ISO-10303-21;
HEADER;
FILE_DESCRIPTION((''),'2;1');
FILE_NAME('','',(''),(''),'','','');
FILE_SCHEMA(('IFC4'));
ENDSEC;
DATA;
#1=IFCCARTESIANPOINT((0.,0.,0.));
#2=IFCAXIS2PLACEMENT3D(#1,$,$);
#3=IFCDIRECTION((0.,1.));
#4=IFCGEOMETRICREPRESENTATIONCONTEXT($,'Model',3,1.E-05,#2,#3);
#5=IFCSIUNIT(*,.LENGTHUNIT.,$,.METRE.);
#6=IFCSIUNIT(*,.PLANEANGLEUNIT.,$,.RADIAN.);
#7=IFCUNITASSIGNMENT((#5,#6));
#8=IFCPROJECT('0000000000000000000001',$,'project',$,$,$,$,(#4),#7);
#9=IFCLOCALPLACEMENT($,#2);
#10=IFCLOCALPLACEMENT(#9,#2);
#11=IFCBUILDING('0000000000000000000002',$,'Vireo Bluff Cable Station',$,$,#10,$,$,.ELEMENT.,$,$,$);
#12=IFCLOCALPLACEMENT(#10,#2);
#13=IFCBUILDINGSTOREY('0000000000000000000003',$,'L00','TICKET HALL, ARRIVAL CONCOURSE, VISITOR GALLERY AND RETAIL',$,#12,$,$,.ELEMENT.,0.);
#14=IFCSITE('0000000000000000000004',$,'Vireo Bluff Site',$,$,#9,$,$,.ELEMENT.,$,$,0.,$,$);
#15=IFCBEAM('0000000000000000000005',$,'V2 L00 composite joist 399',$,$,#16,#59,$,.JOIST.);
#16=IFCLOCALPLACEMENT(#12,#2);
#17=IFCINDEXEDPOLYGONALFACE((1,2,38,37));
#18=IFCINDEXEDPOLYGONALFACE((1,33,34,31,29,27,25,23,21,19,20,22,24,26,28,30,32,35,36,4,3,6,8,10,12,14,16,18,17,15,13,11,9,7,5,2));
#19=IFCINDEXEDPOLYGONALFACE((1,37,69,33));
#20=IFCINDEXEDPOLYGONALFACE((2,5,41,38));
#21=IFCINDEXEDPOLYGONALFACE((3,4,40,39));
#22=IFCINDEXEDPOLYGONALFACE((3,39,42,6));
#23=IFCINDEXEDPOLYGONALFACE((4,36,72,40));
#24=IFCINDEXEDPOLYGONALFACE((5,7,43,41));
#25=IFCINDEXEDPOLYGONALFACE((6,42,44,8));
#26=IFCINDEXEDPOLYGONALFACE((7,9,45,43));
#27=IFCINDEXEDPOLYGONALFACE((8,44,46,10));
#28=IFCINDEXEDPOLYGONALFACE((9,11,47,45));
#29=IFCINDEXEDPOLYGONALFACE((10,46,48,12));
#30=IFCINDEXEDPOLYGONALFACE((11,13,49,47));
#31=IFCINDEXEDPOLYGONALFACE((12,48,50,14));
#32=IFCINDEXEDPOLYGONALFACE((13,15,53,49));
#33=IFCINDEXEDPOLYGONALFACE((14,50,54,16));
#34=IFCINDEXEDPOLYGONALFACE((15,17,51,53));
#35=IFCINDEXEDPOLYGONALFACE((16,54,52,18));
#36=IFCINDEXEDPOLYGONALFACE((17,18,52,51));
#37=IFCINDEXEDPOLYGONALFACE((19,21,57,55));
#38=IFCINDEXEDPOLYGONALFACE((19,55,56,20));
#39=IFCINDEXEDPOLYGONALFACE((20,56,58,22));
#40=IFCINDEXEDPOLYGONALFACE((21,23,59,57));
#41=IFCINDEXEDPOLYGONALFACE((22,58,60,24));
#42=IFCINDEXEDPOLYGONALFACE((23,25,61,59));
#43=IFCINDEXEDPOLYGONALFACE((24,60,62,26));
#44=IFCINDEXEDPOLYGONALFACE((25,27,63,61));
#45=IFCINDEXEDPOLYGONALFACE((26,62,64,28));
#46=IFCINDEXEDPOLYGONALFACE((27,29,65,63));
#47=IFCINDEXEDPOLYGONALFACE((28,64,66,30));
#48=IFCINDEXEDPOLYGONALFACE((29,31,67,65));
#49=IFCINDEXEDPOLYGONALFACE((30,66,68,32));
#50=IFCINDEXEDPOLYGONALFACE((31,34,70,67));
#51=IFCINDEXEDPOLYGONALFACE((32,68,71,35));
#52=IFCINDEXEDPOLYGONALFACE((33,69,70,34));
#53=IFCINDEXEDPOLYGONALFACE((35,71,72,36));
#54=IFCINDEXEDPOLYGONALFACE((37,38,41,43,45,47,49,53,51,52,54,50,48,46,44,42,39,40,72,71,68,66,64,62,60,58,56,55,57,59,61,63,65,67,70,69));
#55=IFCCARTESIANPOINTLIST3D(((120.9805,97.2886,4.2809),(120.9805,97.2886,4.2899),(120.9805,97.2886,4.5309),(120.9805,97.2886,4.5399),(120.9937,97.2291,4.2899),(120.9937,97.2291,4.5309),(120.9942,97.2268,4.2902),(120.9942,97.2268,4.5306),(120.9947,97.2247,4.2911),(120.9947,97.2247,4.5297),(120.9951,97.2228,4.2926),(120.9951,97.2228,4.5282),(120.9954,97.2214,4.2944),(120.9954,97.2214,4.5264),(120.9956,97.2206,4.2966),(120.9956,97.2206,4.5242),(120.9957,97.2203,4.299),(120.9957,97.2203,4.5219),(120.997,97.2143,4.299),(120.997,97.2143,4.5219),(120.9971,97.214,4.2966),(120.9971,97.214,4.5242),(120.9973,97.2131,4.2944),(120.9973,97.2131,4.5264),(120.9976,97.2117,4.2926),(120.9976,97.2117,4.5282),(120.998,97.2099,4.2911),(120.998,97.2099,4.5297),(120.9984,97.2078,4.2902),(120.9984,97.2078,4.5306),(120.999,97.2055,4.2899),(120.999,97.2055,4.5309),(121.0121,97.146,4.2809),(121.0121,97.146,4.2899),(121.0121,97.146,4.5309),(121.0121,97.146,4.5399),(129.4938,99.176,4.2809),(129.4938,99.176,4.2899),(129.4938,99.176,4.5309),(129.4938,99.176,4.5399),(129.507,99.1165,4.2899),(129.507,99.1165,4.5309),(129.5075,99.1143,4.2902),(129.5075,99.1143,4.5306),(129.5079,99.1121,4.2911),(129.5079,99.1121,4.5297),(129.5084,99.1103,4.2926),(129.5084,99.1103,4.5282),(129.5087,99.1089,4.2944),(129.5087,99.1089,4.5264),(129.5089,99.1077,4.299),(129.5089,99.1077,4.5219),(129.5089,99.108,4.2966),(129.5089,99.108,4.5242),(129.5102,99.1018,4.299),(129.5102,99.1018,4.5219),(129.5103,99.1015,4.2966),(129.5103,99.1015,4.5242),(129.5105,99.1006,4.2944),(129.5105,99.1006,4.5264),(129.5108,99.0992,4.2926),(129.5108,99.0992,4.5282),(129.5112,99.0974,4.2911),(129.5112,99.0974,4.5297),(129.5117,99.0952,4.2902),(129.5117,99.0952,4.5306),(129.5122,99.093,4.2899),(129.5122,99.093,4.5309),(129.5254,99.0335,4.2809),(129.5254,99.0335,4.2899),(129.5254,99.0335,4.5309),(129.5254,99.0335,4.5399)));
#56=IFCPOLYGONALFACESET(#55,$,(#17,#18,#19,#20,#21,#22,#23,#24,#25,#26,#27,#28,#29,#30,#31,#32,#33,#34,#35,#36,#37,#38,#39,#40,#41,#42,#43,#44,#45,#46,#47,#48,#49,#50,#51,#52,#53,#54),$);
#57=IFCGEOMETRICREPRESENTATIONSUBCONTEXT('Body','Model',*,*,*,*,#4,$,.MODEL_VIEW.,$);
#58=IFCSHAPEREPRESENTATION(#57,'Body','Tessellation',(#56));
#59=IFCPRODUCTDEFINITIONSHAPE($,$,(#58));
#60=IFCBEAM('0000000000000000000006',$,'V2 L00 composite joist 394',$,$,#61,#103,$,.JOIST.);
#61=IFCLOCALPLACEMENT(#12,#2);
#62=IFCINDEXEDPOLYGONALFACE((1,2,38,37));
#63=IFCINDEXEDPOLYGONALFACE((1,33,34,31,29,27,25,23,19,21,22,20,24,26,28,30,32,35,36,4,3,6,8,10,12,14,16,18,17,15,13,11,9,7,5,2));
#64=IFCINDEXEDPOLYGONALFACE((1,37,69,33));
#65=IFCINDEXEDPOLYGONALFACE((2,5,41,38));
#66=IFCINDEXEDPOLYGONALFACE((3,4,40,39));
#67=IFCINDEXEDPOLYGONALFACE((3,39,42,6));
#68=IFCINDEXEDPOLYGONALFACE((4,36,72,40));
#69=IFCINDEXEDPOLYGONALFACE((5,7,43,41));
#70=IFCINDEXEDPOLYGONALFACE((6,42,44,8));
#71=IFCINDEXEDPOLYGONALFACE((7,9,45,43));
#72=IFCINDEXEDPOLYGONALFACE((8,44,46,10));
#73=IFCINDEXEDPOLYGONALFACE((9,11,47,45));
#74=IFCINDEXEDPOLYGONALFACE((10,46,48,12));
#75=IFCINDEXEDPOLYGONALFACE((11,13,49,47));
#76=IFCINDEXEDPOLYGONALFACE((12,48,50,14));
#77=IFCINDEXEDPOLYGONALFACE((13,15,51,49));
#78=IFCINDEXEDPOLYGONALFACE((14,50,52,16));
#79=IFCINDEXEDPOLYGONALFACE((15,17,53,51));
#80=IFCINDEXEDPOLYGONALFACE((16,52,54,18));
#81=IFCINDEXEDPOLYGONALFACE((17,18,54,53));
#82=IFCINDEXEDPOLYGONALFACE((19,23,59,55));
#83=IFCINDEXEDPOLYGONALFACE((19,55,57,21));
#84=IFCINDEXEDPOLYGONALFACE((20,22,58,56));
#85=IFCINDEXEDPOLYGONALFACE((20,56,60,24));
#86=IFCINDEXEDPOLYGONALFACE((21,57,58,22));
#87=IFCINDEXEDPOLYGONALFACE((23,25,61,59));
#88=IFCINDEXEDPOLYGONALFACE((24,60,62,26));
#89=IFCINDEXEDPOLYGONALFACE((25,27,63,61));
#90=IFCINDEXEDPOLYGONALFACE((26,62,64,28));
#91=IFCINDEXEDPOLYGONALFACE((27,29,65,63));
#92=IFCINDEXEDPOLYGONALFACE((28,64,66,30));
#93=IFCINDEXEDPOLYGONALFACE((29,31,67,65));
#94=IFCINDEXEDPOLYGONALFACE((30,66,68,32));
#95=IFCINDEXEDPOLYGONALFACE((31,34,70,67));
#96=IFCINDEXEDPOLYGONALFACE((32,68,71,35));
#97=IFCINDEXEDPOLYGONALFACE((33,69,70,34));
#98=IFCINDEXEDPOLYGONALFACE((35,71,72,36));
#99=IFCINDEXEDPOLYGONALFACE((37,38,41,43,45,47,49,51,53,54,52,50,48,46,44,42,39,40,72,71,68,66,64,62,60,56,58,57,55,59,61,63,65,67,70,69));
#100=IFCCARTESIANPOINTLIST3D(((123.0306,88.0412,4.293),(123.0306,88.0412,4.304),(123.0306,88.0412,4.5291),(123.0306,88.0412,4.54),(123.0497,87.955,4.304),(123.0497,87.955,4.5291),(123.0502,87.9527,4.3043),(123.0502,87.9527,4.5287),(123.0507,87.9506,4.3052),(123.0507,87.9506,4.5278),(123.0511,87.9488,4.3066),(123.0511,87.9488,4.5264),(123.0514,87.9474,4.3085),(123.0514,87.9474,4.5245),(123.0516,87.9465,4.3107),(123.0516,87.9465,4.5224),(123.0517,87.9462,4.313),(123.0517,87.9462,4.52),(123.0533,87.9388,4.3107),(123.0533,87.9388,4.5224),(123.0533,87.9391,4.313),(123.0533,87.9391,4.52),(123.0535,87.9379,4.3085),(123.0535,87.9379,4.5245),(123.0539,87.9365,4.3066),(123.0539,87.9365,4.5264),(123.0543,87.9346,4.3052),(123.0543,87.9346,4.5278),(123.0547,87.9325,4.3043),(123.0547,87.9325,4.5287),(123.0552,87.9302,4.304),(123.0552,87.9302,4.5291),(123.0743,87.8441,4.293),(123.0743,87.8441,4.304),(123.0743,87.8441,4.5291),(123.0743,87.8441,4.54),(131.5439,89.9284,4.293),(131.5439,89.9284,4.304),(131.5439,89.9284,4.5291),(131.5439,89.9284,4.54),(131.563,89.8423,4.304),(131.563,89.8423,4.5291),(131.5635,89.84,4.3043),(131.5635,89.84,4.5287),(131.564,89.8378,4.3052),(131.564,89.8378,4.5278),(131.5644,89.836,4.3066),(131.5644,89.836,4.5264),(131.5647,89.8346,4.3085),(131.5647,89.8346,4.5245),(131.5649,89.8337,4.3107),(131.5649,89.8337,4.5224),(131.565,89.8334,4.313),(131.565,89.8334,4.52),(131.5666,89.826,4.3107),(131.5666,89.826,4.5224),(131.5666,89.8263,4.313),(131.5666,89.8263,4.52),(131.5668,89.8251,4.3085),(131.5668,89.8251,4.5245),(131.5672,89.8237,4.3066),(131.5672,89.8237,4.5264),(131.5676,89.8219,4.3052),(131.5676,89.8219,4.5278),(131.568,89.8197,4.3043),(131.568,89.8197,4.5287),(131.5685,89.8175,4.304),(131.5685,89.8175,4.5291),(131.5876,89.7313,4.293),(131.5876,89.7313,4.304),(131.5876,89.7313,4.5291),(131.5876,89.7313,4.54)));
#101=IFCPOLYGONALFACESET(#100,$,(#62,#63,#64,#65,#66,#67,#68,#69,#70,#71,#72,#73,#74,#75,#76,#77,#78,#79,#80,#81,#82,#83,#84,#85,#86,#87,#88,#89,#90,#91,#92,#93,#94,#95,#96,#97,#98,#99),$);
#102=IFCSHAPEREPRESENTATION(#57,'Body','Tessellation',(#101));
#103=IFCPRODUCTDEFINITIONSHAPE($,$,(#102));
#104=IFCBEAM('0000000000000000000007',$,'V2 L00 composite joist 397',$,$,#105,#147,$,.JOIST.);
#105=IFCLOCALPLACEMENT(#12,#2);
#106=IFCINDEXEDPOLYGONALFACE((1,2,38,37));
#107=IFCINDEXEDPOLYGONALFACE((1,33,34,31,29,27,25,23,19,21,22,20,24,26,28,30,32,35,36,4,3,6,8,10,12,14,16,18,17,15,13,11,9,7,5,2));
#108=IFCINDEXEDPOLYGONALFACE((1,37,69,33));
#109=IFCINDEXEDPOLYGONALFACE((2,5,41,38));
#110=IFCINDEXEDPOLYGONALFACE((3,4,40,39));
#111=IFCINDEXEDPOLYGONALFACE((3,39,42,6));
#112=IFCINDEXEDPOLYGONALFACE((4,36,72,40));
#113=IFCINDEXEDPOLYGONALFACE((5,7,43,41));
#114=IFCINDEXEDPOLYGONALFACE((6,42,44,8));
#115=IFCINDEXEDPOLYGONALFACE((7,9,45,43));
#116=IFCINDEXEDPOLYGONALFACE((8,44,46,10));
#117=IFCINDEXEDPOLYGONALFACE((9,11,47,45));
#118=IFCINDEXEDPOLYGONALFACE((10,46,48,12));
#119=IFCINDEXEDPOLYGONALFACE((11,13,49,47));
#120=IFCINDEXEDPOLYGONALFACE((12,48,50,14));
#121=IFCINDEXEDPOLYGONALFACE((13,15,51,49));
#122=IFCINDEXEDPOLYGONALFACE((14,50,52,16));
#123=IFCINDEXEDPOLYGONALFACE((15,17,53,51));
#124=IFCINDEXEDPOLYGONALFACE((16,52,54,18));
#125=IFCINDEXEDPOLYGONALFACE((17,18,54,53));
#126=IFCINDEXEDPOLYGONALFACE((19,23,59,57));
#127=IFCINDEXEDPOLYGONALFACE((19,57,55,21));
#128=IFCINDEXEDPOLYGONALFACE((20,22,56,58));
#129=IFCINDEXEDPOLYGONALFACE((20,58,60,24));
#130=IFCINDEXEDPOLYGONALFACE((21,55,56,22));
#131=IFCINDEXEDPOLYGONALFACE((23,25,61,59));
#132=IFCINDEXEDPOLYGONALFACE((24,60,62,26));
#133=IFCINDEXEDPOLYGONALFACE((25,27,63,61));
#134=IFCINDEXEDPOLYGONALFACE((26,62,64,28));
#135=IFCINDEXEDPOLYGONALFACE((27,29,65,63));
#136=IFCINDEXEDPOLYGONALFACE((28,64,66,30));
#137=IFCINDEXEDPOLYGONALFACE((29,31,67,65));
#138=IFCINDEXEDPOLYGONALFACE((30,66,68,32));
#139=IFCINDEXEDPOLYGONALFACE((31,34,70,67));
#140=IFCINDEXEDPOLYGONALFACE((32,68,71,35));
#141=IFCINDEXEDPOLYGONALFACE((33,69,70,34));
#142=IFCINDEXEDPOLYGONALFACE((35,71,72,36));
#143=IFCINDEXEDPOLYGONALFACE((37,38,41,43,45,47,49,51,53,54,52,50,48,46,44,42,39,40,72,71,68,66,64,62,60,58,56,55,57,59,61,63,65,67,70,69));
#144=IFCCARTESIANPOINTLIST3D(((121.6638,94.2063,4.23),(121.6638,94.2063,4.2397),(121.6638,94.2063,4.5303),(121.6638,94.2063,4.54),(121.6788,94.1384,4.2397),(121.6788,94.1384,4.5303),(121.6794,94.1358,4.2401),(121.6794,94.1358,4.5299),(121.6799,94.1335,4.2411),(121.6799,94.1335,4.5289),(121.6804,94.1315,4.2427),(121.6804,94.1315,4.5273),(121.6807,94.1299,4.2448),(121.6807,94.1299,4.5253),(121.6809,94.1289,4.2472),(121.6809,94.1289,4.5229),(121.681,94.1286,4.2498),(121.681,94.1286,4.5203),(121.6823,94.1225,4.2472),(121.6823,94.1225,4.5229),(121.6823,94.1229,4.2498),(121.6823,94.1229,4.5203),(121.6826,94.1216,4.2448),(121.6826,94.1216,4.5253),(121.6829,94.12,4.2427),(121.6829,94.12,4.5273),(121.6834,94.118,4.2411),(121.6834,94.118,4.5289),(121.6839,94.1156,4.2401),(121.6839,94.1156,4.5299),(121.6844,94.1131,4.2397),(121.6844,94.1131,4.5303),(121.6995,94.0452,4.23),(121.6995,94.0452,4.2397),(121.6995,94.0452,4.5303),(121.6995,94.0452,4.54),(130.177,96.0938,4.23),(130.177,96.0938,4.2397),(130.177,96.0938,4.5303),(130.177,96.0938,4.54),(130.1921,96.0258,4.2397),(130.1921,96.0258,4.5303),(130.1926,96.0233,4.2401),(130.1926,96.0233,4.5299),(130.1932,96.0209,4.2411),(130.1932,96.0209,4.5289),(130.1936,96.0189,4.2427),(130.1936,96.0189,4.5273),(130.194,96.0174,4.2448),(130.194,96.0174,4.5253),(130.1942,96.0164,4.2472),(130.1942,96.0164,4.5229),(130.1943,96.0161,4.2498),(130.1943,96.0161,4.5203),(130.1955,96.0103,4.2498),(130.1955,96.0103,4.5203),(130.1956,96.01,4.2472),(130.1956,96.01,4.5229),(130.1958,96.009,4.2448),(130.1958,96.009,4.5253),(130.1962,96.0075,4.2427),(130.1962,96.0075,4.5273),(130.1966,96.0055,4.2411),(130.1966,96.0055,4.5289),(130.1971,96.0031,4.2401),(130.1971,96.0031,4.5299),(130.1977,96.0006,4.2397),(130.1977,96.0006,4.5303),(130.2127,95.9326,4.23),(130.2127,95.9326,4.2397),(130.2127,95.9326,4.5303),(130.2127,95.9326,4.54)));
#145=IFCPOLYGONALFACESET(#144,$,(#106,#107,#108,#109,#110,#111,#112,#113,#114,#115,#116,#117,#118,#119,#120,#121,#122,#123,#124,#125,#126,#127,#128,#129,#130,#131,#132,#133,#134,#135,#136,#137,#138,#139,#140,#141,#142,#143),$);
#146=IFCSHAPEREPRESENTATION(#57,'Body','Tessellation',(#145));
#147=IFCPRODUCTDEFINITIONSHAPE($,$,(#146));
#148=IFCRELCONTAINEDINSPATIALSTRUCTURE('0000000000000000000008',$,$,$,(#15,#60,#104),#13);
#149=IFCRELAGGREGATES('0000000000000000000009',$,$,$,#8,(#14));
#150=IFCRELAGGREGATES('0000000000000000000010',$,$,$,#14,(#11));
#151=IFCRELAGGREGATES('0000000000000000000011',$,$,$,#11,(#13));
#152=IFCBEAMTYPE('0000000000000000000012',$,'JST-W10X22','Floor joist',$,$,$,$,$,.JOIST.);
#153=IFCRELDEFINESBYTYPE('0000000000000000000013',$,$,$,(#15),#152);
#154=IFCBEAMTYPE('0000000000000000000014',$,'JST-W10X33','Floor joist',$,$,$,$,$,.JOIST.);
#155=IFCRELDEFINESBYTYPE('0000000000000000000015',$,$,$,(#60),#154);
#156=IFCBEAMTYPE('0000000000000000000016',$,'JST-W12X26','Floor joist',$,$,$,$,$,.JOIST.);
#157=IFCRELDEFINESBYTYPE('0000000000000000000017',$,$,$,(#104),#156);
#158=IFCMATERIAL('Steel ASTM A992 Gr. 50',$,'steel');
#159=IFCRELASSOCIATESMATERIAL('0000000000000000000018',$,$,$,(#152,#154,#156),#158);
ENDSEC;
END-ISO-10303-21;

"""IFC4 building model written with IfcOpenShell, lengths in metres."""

from ifc_helpers import new_model, si_unit, direction, frame, origin, origin_2d, place, context, subcontext, project, spatial, i_section, extrude, material, material_profile, profile_set, type_object, element, save


model = new_model("IFC4")

# Units and contexts
model_context = context("Model", 3, precision=1e-05, world=origin(), true_north=direction((0.0, 1.0)))
body_context = subcontext(model_context, "Body", "Model", "MODEL_VIEW")
ifc_project = project(units=[si_unit("LENGTHUNIT", "METRE"), si_unit("PLANEANGLEUNIT", "RADIAN")], contexts=[model_context])

# Site, building, storey
site_placement = place(None, origin())
site = spatial("IfcSite", under=ifc_project, at=site_placement, Name="Vireo Bluff Site", CompositionType="ELEMENT", RefElevation=0.0)
building_placement = place(site_placement, origin())
building = spatial("IfcBuilding", under=site, at=building_placement, Name="Vireo Bluff Cable Station", CompositionType="ELEMENT")
storey_placement = place(building_placement, origin())
storey = spatial("IfcBuildingStorey", under=building, at=storey_placement, Name="L00", Description="TICKET HALL, ARRIVAL CONCOURSE, VISITOR GALLERY AND RETAIL", CompositionType="ELEMENT", Elevation=0.0)

# Shared definitions
ifc_material_1 = material(Name="Steel ASTM A992 Gr. 50", Category="steel")

# Beams
ifc_material_profile_1 = material_profile(ifc_material_1, i_section(OverallWidth=0.146, OverallDepth=0.259, WebThickness=0.0061, FlangeThickness=0.009, FilletRadius=0.009, at=origin_2d()), Name="W10X22")
ifc_profile_set_1 = profile_set([ifc_material_profile_1], Name="Steel ASTM A992 Gr. 50")
beam_type_1 = type_object("IfcBeamType", Name="JST-W10X22", Description="Floor joist", PredefinedType="JOIST", material=ifc_profile_set_1)
beam_1_placement = place(storey_placement, frame((120.9963, 97.2173, 4.4104), z_axis=(0.976293, 0.216453, 0.0), x_axis=(-0.216453, 0.976293, 0.0)))
element("IfcBeam", 1, at=beam_1_placement, inside=storey, type_object=beam_type_1, Name="V2 L00 composite joist 399", PredefinedType="JOIST", context=body_context, shape_type="SweptSolid", body=[
    extrude(i_section(OverallWidth=0.146, OverallDepth=0.259, WebThickness=0.0061, FlangeThickness=0.009, FilletRadius=0.009, at=origin_2d()), origin(), (0.0, 0.0, 1.0), 8.72),
])
ifc_material_profile_2 = material_profile(ifc_material_1, i_section(OverallWidth=0.2019, OverallDepth=0.2471, WebThickness=0.0073, FlangeThickness=0.011, FilletRadius=0.009, at=origin_2d()), Name="W10X33")
ifc_profile_set_2 = profile_set([ifc_material_profile_2], Name="Steel ASTM A992 Gr. 50")
beam_type_2 = type_object("IfcBeamType", Name="JST-W10X33", Description="Floor joist", PredefinedType="JOIST", material=ifc_profile_set_2)
beam_2_placement = place(storey_placement, frame((123.0525, 87.9426, 4.4165), z_axis=(0.976299, 0.216426, 0.0), x_axis=(-0.216426, 0.976299, 0.0)))
element("IfcBeam", 2, at=beam_2_placement, inside=storey, type_object=beam_type_2, Name="V2 L00 composite joist 394", PredefinedType="JOIST", context=body_context, shape_type="SweptSolid", body=[
    extrude(i_section(OverallWidth=0.2019, OverallDepth=0.2471, WebThickness=0.0073, FlangeThickness=0.011, FilletRadius=0.009, at=origin_2d()), origin(), (0.0, 0.0, 1.0), 8.72),
])
ifc_material_profile_3 = material_profile(ifc_material_1, i_section(OverallWidth=0.165, OverallDepth=0.3101, WebThickness=0.0059, FlangeThickness=0.0098, FilletRadius=0.01, at=origin_2d()), Name="W12X26")
ifc_profile_set_3 = profile_set([ifc_material_profile_3], Name="Steel ASTM A992 Gr. 50")
beam_type_3 = type_object("IfcBeamType", Name="JST-W12X26", Description="Floor joist", PredefinedType="JOIST", material=ifc_profile_set_3)
beam_3_placement = place(storey_placement, frame((121.6816, 94.1257, 4.385), z_axis=(0.976293, 0.216453, 0.0), x_axis=(-0.216453, 0.976293, 0.0)))
element("IfcBeam", 3, at=beam_3_placement, inside=storey, type_object=beam_type_3, Name="V2 L00 composite joist 397", PredefinedType="JOIST", context=body_context, shape_type="SweptSolid", body=[
    extrude(i_section(OverallWidth=0.165, OverallDepth=0.3101, WebThickness=0.0059, FlangeThickness=0.0098, FilletRadius=0.01, at=origin_2d()), origin(), (0.0, 0.0, 1.0), 8.72),
])

save(model, "model.ifc")
